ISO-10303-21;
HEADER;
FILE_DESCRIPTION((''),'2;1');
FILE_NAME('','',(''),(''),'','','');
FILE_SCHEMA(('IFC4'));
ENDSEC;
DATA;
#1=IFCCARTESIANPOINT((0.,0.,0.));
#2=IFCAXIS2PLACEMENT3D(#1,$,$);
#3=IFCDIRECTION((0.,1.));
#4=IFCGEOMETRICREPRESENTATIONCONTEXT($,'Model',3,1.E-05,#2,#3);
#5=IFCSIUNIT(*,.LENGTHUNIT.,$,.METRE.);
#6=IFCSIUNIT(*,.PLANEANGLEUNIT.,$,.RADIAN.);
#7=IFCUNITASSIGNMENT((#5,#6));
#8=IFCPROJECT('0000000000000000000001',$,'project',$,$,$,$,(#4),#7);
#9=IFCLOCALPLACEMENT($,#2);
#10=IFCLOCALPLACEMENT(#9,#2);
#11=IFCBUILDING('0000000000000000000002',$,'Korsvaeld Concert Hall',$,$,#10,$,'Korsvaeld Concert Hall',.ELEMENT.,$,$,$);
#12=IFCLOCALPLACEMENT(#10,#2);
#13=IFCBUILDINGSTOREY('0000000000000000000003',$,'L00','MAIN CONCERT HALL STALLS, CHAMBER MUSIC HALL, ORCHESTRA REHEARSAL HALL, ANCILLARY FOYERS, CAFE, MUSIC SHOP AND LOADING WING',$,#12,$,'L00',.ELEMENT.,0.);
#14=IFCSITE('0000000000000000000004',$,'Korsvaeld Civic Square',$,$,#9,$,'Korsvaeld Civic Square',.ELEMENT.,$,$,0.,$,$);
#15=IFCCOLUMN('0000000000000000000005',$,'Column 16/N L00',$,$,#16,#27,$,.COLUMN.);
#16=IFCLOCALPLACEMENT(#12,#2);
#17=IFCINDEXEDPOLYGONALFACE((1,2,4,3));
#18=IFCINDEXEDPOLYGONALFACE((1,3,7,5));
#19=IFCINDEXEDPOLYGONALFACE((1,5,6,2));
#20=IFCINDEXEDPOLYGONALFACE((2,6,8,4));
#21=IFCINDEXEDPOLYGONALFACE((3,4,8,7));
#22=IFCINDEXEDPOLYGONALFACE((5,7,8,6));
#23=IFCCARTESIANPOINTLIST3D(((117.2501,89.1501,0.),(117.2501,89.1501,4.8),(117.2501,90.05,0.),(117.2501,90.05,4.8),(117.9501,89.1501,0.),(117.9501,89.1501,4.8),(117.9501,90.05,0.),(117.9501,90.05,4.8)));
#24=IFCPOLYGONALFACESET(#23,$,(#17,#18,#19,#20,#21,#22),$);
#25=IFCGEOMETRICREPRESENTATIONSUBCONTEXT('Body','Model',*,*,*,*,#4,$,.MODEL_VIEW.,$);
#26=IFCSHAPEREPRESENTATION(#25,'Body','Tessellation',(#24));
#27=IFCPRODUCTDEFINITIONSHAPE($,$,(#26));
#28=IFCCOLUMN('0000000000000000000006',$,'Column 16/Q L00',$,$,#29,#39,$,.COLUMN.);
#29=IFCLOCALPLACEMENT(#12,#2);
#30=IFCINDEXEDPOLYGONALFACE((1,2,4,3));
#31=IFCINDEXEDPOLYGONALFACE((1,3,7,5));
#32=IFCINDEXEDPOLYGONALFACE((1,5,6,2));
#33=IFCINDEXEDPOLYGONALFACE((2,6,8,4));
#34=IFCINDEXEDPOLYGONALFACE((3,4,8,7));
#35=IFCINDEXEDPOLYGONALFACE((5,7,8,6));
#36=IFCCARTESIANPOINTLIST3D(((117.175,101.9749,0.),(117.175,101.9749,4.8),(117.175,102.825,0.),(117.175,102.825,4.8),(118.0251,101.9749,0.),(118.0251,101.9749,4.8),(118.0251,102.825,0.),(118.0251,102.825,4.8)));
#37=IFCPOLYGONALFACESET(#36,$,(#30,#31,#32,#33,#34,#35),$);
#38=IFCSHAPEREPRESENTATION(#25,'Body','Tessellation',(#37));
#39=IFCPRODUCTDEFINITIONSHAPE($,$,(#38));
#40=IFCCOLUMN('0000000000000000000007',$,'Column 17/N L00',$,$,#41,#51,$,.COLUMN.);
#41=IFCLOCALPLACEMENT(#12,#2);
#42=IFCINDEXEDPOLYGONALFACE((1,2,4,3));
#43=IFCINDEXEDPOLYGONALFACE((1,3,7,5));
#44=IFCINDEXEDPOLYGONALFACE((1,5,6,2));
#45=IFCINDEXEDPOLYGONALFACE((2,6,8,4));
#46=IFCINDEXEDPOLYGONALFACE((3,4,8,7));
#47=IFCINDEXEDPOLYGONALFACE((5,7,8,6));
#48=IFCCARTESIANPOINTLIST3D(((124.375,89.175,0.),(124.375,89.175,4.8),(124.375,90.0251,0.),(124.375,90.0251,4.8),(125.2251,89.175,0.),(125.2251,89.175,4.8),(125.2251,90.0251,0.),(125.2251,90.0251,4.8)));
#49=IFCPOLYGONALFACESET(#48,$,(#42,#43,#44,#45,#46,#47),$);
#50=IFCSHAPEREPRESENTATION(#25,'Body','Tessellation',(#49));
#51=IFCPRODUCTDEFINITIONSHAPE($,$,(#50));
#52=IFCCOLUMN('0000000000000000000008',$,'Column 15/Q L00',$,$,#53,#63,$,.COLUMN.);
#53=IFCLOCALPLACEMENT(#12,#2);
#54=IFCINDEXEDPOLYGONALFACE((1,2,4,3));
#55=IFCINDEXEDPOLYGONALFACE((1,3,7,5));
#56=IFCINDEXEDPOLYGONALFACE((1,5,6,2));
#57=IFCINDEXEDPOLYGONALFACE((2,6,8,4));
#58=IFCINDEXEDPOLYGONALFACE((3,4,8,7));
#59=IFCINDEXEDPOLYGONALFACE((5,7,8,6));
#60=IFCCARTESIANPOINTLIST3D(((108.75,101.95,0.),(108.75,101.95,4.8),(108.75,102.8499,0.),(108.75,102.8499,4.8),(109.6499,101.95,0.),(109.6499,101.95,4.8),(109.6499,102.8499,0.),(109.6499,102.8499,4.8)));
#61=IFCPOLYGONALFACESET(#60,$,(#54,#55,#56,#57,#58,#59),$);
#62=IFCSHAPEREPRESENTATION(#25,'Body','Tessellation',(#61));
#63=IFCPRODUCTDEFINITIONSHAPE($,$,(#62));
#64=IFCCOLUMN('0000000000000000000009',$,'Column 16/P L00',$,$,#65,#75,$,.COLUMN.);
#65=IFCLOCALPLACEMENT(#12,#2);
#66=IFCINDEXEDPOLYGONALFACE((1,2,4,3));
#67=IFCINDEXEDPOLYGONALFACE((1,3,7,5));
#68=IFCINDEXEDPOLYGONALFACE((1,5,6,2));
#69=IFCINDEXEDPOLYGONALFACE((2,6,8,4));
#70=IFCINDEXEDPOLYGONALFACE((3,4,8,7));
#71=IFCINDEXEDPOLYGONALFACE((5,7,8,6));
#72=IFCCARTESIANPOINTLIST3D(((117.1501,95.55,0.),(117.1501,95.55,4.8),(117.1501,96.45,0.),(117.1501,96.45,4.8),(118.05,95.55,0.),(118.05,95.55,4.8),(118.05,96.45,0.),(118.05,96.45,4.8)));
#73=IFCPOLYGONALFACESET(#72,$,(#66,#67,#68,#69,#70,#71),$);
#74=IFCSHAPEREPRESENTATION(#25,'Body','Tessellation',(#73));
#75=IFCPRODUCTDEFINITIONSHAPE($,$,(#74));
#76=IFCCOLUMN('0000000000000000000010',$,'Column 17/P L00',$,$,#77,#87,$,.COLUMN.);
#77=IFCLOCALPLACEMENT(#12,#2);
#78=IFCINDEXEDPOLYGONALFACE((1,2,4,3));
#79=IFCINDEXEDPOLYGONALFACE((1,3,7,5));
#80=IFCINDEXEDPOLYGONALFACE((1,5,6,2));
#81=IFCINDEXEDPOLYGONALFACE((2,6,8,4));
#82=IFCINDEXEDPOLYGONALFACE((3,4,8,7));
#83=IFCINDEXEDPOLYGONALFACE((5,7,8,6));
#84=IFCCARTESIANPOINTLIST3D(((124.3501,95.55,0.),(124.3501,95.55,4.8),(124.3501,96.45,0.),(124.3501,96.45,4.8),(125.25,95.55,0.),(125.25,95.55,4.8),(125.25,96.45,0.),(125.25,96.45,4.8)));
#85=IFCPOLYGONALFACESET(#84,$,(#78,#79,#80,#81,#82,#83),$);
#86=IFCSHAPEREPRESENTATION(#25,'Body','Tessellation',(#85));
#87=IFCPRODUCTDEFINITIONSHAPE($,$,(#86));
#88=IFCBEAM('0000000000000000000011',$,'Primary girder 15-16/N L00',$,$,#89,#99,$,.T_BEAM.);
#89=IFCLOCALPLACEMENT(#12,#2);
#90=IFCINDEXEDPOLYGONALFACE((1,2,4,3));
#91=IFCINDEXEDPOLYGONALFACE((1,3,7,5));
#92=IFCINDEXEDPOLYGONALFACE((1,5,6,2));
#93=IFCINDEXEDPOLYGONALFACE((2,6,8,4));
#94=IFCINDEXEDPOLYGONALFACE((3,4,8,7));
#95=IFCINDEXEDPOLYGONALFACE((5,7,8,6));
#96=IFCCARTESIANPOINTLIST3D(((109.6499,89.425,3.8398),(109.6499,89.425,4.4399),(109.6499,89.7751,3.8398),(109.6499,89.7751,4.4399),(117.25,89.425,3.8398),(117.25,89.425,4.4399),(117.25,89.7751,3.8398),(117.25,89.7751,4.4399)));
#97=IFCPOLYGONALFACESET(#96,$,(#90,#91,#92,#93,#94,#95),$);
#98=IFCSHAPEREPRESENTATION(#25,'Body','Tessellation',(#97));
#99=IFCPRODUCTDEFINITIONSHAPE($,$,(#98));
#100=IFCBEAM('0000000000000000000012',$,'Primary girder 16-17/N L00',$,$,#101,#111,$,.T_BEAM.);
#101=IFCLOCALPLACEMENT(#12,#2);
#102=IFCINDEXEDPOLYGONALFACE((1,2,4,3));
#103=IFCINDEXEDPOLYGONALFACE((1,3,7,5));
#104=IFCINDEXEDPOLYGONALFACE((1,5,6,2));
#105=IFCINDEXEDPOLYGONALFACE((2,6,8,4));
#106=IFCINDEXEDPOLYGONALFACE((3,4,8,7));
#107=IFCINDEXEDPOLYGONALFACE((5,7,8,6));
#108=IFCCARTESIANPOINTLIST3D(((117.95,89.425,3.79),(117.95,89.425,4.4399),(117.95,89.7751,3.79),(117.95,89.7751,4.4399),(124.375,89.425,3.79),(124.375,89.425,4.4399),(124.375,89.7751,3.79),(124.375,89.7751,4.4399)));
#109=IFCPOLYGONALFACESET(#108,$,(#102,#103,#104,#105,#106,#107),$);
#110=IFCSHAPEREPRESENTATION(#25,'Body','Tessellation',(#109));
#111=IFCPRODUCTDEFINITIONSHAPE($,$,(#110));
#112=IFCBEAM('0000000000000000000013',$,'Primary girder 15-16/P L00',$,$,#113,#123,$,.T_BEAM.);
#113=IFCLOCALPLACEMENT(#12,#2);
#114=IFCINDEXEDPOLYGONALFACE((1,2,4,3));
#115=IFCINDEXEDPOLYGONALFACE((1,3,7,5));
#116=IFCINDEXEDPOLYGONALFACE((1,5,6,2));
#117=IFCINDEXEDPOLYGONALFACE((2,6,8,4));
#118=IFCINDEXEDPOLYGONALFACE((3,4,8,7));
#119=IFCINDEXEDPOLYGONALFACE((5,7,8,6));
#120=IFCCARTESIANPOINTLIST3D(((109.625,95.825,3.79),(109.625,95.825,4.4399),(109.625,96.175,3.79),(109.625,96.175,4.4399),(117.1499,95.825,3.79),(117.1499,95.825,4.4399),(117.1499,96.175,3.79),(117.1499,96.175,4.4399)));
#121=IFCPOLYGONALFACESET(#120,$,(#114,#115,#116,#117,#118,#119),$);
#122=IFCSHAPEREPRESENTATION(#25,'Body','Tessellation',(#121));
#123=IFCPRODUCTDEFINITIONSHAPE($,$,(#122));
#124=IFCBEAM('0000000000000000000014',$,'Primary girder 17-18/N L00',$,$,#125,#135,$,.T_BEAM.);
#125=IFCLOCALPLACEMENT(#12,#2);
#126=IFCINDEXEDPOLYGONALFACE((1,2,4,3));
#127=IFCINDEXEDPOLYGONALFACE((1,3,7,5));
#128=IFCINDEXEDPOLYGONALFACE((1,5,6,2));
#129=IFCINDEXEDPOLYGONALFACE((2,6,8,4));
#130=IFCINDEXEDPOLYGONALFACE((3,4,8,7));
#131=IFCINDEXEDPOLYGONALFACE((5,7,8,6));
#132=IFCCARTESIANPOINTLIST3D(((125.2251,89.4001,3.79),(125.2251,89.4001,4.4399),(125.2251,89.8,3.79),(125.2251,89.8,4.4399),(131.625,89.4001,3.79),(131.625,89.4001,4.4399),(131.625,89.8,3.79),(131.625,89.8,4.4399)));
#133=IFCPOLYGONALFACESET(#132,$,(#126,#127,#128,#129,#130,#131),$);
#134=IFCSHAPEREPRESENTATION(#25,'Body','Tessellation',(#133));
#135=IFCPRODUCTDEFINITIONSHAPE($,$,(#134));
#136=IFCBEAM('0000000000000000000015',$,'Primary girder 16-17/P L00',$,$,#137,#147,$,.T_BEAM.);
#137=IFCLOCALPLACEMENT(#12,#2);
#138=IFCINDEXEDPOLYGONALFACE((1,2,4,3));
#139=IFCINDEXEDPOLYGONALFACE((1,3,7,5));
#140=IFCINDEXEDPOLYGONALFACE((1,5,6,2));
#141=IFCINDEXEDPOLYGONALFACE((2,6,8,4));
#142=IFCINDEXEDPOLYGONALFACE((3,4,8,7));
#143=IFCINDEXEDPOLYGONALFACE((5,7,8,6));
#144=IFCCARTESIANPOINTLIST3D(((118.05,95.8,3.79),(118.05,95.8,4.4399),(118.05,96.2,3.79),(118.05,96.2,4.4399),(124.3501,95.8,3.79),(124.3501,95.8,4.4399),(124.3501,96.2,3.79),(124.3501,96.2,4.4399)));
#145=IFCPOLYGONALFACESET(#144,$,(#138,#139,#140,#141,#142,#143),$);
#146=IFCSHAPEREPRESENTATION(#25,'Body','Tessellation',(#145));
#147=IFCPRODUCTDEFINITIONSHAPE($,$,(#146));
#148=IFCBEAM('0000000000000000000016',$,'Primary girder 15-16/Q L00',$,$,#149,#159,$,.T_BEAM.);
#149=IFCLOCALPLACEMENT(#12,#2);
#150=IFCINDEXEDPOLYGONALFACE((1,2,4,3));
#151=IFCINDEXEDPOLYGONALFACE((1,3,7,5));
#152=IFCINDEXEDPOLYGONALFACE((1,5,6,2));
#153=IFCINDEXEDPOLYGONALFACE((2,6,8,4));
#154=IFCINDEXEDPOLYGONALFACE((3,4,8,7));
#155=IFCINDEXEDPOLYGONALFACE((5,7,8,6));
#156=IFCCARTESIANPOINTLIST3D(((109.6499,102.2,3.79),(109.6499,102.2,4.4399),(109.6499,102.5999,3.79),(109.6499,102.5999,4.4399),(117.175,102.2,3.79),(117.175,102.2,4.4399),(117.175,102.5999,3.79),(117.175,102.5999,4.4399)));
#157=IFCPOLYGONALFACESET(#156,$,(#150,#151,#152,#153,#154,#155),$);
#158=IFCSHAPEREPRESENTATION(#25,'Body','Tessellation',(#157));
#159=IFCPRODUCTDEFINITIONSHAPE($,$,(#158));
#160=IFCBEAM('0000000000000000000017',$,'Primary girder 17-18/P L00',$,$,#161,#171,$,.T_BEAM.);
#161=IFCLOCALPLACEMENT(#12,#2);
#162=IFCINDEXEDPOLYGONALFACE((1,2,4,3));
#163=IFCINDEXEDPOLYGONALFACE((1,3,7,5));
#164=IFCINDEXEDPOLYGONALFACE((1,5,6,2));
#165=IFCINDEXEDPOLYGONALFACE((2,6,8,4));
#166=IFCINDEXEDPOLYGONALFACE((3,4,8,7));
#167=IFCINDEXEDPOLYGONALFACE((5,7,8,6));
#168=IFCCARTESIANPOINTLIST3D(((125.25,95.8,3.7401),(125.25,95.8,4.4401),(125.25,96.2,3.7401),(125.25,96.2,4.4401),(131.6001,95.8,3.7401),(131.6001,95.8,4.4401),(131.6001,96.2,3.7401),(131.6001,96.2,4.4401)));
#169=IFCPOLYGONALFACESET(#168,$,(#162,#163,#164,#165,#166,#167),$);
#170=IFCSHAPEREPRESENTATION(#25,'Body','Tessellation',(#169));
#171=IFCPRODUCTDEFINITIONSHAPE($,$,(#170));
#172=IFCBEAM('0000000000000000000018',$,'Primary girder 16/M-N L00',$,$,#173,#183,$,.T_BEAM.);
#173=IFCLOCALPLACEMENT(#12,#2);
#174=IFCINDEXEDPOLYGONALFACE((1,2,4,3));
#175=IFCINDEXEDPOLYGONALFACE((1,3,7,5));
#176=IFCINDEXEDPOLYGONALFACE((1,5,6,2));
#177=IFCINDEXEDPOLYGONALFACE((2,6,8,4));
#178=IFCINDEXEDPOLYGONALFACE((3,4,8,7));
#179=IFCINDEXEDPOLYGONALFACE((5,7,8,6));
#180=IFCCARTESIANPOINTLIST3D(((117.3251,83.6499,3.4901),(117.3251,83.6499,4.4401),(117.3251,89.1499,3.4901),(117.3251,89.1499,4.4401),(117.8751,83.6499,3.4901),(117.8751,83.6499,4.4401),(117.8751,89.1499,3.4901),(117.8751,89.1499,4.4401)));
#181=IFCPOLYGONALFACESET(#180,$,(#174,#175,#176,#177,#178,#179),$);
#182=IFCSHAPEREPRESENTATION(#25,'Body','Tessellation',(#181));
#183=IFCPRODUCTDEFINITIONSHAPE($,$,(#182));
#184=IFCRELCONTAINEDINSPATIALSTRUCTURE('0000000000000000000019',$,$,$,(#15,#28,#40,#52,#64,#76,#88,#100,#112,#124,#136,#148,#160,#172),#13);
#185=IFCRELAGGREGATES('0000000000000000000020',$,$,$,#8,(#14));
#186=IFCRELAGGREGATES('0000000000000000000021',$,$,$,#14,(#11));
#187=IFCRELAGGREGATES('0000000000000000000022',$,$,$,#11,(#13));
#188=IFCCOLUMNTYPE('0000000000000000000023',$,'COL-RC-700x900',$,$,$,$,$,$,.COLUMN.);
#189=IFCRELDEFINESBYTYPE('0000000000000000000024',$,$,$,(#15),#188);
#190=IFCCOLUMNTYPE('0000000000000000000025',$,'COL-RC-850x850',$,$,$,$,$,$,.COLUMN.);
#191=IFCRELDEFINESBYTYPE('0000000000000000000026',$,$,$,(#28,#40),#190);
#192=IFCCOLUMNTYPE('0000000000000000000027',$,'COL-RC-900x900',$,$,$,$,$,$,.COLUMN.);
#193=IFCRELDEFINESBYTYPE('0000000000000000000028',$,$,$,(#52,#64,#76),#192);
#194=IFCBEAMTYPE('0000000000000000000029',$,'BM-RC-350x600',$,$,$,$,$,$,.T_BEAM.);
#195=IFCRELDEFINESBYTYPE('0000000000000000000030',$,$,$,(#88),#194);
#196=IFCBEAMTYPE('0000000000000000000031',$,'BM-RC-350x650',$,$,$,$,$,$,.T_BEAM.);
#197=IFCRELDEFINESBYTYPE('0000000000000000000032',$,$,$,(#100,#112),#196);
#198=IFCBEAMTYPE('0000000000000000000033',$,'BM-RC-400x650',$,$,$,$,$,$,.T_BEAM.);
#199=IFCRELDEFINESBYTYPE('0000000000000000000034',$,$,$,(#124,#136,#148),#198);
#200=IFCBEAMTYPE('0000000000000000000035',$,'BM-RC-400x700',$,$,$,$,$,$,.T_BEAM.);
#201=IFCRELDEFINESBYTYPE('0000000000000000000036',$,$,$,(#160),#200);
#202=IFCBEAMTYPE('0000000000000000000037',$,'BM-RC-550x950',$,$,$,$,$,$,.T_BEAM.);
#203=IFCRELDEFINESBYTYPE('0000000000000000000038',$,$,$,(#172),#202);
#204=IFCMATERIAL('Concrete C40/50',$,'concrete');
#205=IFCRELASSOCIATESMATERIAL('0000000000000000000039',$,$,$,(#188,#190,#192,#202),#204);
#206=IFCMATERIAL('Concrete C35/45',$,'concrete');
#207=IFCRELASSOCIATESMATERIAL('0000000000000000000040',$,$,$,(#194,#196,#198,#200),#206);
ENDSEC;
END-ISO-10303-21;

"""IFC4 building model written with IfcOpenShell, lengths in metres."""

from ifc_helpers import new_model, si_unit, direction, frame, origin, origin_2d, place, context, subcontext, project, spatial, rectangle, extrude, material, material_profile, profile_set, type_object, element, save


model = new_model("IFC4")

# Units and contexts
model_context = context("Model", 3, precision=1e-05, world=origin(), true_north=direction((0.0, 1.0)))
body_context = subcontext(model_context, "Body", "Model", "MODEL_VIEW")
ifc_project = project(units=[si_unit("LENGTHUNIT", "METRE"), si_unit("PLANEANGLEUNIT", "RADIAN")], contexts=[model_context])

# Site, building, storey
site_placement = place(None, origin())
site = spatial("IfcSite", under=ifc_project, at=site_placement, Name="Korsvaeld Civic Square", LongName="Korsvaeld Civic Square", CompositionType="ELEMENT", RefElevation=0.0)
building_placement = place(site_placement, origin())
building = spatial("IfcBuilding", under=site, at=building_placement, Name="Korsvaeld Concert Hall", LongName="Korsvaeld Concert Hall", CompositionType="ELEMENT")
storey_placement = place(building_placement, origin())
storey = spatial("IfcBuildingStorey", under=building, at=storey_placement, Name="L00", Description="MAIN CONCERT HALL STALLS, CHAMBER MUSIC HALL, ORCHESTRA REHEARSAL HALL, ANCILLARY FOYERS, CAFE, MUSIC SHOP AND LOADING WING", LongName="L00", CompositionType="ELEMENT", Elevation=0.0)

# Columns
ifc_material_1 = material(Name="Concrete C40/50", Category="concrete")
ifc_material_profile_1 = material_profile(ifc_material_1, rectangle(XDim=0.7, YDim=0.8999, at=origin_2d()), Name="RC 700x900")
ifc_profile_set_1 = profile_set([ifc_material_profile_1], Name="Concrete C40/50")
column_type_1 = type_object("IfcColumnType", Name="COL-RC-700x900", PredefinedType="COLUMN", material=ifc_profile_set_1)
column_placement = place(storey_placement, frame((117.6001, 89.6001, 0.0), z_axis=(0.0, 0.0, 1.0), x_axis=(1.0, 0.0, 0.0)))
element("IfcColumn", 1, at=column_placement, inside=storey, type_object=column_type_1, Name="Column 16/N L00", PredefinedType="COLUMN", context=body_context, shape_type="SweptSolid", body=[
    extrude(rectangle(XDim=0.7, YDim=0.8999, at=origin_2d()), origin(), (0.0, 0.0, 1.0), 4.8),
])
ifc_material_profile_2 = material_profile(ifc_material_1, rectangle(XDim=0.8501, YDim=0.8501, at=origin_2d()), Name="RC 850x850")
ifc_profile_set_2 = profile_set([ifc_material_profile_2], Name="Concrete C40/50")
column_type_2 = type_object("IfcColumnType", Name="COL-RC-850x850", PredefinedType="COLUMN", material=ifc_profile_set_2)
for number, where, z_axis, x_axis, name in (
    (2, (117.6001, 102.3999, 0.0), (0.0, 0.0, 1.0), (1.0, 0.0, 0.0), "Column 16/Q L00"),
    (3, (124.8, 89.6001, 0.0), (0.0, 0.0, 1.0), (1.0, 0.0, 0.0), "Column 17/N L00"),
):
    element("IfcColumn", number, at=place(storey_placement, frame(where, z_axis=z_axis, x_axis=x_axis)), inside=storey, type_object=column_type_2, Name=name, PredefinedType="COLUMN", context=body_context, shape_type="SweptSolid", body=[
        extrude(rectangle(XDim=0.8501, YDim=0.8501, at=origin_2d()), origin(), (0.0, 0.0, 1.0), 4.8),
    ])
ifc_material_profile_3 = material_profile(ifc_material_1, rectangle(XDim=0.8999, YDim=0.8999, at=origin_2d()), Name="RC 900x900")
ifc_profile_set_3 = profile_set([ifc_material_profile_3], Name="Concrete C40/50")
column_type_3 = type_object("IfcColumnType", Name="COL-RC-900x900", PredefinedType="COLUMN", material=ifc_profile_set_3)
for number, where, z_axis, x_axis, name in (
    (4, (109.2, 102.3999, 0.0), (0.0, 0.0, 1.0), (1.0, 0.0, 0.0), "Column 15/Q L00"),
    (5, (117.6001, 96.0, 0.0), (0.0, 0.0, 1.0), (1.0, 0.0, 0.0), "Column 16/P L00"),
    (6, (124.8, 96.0, 0.0), (0.0, 0.0, 1.0), (1.0, 0.0, 0.0), "Column 17/P L00"),
):
    element("IfcColumn", number, at=place(storey_placement, frame(where, z_axis=z_axis, x_axis=x_axis)), inside=storey, type_object=column_type_3, Name=name, PredefinedType="COLUMN", context=body_context, shape_type="SweptSolid", body=[
        extrude(rectangle(XDim=0.8999, YDim=0.8999, at=origin_2d()), origin(), (0.0, 0.0, 1.0), 4.8),
    ])

# Beams
ifc_material_2 = material(Name="Concrete C35/45", Category="concrete")
ifc_material_profile_4 = material_profile(ifc_material_2, rectangle(XDim=0.3501, YDim=0.6001, at=origin_2d()), Name="RC 350x600")
ifc_profile_set_4 = profile_set([ifc_material_profile_4], Name="Concrete C35/45")
beam_type_1 = type_object("IfcBeamType", Name="BM-RC-350x600", PredefinedType="T_BEAM", material=ifc_profile_set_4)
beam_1_placement = place(storey_placement, frame((109.6499, 89.6001, 4.1399), z_axis=(1.0, 0.0, 0.0), x_axis=(0.0, 1.0, 0.0)))
element("IfcBeam", 7, at=beam_1_placement, inside=storey, type_object=beam_type_1, Name="Primary girder 15-16/N L00", PredefinedType="T_BEAM", context=body_context, shape_type="SweptSolid", body=[
    extrude(rectangle(XDim=0.3501, YDim=0.6001, at=origin_2d()), origin(), (0.0, 0.0, 1.0), 7.6001),
])
ifc_material_profile_5 = material_profile(ifc_material_2, rectangle(XDim=0.3501, YDim=0.6499, at=origin_2d()), Name="RC 350x650")
ifc_profile_set_5 = profile_set([ifc_material_profile_5], Name="Concrete C35/45")
beam_type_2 = type_object("IfcBeamType", Name="BM-RC-350x650", PredefinedType="T_BEAM", material=ifc_profile_set_5)
beam_2_placement = place(storey_placement, frame((117.95, 89.6001, 4.115), z_axis=(1.0, 0.0, 0.0), x_axis=(0.0, 1.0, 0.0)))
element("IfcBeam", 8, at=beam_2_placement, inside=storey, type_object=beam_type_2, Name="Primary girder 16-17/N L00", PredefinedType="T_BEAM", context=body_context, shape_type="SweptSolid", body=[
    extrude(rectangle(XDim=0.3501, YDim=0.6499, at=origin_2d()), origin(), (0.0, 0.0, 1.0), 6.425),
])
beam_3_placement = place(storey_placement, frame((109.625, 96.0, 4.115), z_axis=(1.0, 0.0, 0.0), x_axis=(0.0, 1.0, 0.0)))
element("IfcBeam", 9, at=beam_3_placement, inside=storey, type_object=beam_type_2, Name="Primary girder 15-16/P L00", PredefinedType="T_BEAM", context=body_context, shape_type="SweptSolid", body=[
    extrude(rectangle(XDim=0.3501, YDim=0.6499, at=origin_2d()), origin(), (0.0, 0.0, 1.0), 7.5249),
])
ifc_material_profile_6 = material_profile(ifc_material_2, rectangle(XDim=0.3999, YDim=0.6499, at=origin_2d()), Name="RC 400x650")
ifc_profile_set_6 = profile_set([ifc_material_profile_6], Name="Concrete C35/45")
beam_type_3 = type_object("IfcBeamType", Name="BM-RC-400x650", PredefinedType="T_BEAM", material=ifc_profile_set_6)
beam_4_placement = place(storey_placement, frame((125.2251, 89.6001, 4.115), z_axis=(1.0, 0.0, 0.0), x_axis=(0.0, 1.0, 0.0)))
element("IfcBeam", 10, at=beam_4_placement, inside=storey, type_object=beam_type_3, Name="Primary girder 17-18/N L00", PredefinedType="T_BEAM", context=body_context, shape_type="SweptSolid", body=[
    extrude(rectangle(XDim=0.3999, YDim=0.6499, at=origin_2d()), origin(), (0.0, 0.0, 1.0), 6.3999),
])
beam_5_placement = place(storey_placement, frame((118.05, 96.0, 4.115), z_axis=(1.0, 0.0, 0.0), x_axis=(0.0, 1.0, 0.0)))
element("IfcBeam", 11, at=beam_5_placement, inside=storey, type_object=beam_type_3, Name="Primary girder 16-17/P L00", PredefinedType="T_BEAM", context=body_context, shape_type="SweptSolid", body=[
    extrude(rectangle(XDim=0.3999, YDim=0.6499, at=origin_2d()), origin(), (0.0, 0.0, 1.0), 6.3),
])
beam_6_placement = place(storey_placement, frame((109.6499, 102.3999, 4.115), z_axis=(1.0, 0.0, 0.0), x_axis=(0.0, 1.0, 0.0)))
element("IfcBeam", 12, at=beam_6_placement, inside=storey, type_object=beam_type_3, Name="Primary girder 15-16/Q L00", PredefinedType="T_BEAM", context=body_context, shape_type="SweptSolid", body=[
    extrude(rectangle(XDim=0.3999, YDim=0.6499, at=origin_2d()), origin(), (0.0, 0.0, 1.0), 7.5251),
])
ifc_material_profile_7 = material_profile(ifc_material_2, rectangle(XDim=0.3999, YDim=0.7, at=origin_2d()), Name="RC 400x700")
ifc_profile_set_7 = profile_set([ifc_material_profile_7], Name="Concrete C35/45")
beam_type_4 = type_object("IfcBeamType", Name="BM-RC-400x700", PredefinedType="T_BEAM", material=ifc_profile_set_7)
beam_7_placement = place(storey_placement, frame((125.25, 96.0, 4.0901), z_axis=(1.0, 0.0, 0.0), x_axis=(0.0, 1.0, 0.0)))
element("IfcBeam", 13, at=beam_7_placement, inside=storey, type_object=beam_type_4, Name="Primary girder 17-18/P L00", PredefinedType="T_BEAM", context=body_context, shape_type="SweptSolid", body=[
    extrude(rectangle(XDim=0.3999, YDim=0.7, at=origin_2d()), origin(), (0.0, 0.0, 1.0), 6.3501),
])
ifc_material_profile_8 = material_profile(ifc_material_1, rectangle(XDim=0.55, YDim=0.95, at=origin_2d()), Name="RC 550x950")
ifc_profile_set_8 = profile_set([ifc_material_profile_8], Name="Concrete C40/50")
beam_type_5 = type_object("IfcBeamType", Name="BM-RC-550x950", PredefinedType="T_BEAM", material=ifc_profile_set_8)
beam_8_placement = place(storey_placement, frame((117.6001, 83.6499, 3.9651), z_axis=(0.0, 1.0, 0.0), x_axis=(-1.0, 0.0, 0.0)))
element("IfcBeam", 14, at=beam_8_placement, inside=storey, type_object=beam_type_5, Name="Primary girder 16/M-N L00", PredefinedType="T_BEAM", context=body_context, shape_type="SweptSolid", body=[
    extrude(rectangle(XDim=0.55, YDim=0.95, at=origin_2d()), origin(), (0.0, 0.0, 1.0), 5.5),
])

save(model, "model.ifc")
